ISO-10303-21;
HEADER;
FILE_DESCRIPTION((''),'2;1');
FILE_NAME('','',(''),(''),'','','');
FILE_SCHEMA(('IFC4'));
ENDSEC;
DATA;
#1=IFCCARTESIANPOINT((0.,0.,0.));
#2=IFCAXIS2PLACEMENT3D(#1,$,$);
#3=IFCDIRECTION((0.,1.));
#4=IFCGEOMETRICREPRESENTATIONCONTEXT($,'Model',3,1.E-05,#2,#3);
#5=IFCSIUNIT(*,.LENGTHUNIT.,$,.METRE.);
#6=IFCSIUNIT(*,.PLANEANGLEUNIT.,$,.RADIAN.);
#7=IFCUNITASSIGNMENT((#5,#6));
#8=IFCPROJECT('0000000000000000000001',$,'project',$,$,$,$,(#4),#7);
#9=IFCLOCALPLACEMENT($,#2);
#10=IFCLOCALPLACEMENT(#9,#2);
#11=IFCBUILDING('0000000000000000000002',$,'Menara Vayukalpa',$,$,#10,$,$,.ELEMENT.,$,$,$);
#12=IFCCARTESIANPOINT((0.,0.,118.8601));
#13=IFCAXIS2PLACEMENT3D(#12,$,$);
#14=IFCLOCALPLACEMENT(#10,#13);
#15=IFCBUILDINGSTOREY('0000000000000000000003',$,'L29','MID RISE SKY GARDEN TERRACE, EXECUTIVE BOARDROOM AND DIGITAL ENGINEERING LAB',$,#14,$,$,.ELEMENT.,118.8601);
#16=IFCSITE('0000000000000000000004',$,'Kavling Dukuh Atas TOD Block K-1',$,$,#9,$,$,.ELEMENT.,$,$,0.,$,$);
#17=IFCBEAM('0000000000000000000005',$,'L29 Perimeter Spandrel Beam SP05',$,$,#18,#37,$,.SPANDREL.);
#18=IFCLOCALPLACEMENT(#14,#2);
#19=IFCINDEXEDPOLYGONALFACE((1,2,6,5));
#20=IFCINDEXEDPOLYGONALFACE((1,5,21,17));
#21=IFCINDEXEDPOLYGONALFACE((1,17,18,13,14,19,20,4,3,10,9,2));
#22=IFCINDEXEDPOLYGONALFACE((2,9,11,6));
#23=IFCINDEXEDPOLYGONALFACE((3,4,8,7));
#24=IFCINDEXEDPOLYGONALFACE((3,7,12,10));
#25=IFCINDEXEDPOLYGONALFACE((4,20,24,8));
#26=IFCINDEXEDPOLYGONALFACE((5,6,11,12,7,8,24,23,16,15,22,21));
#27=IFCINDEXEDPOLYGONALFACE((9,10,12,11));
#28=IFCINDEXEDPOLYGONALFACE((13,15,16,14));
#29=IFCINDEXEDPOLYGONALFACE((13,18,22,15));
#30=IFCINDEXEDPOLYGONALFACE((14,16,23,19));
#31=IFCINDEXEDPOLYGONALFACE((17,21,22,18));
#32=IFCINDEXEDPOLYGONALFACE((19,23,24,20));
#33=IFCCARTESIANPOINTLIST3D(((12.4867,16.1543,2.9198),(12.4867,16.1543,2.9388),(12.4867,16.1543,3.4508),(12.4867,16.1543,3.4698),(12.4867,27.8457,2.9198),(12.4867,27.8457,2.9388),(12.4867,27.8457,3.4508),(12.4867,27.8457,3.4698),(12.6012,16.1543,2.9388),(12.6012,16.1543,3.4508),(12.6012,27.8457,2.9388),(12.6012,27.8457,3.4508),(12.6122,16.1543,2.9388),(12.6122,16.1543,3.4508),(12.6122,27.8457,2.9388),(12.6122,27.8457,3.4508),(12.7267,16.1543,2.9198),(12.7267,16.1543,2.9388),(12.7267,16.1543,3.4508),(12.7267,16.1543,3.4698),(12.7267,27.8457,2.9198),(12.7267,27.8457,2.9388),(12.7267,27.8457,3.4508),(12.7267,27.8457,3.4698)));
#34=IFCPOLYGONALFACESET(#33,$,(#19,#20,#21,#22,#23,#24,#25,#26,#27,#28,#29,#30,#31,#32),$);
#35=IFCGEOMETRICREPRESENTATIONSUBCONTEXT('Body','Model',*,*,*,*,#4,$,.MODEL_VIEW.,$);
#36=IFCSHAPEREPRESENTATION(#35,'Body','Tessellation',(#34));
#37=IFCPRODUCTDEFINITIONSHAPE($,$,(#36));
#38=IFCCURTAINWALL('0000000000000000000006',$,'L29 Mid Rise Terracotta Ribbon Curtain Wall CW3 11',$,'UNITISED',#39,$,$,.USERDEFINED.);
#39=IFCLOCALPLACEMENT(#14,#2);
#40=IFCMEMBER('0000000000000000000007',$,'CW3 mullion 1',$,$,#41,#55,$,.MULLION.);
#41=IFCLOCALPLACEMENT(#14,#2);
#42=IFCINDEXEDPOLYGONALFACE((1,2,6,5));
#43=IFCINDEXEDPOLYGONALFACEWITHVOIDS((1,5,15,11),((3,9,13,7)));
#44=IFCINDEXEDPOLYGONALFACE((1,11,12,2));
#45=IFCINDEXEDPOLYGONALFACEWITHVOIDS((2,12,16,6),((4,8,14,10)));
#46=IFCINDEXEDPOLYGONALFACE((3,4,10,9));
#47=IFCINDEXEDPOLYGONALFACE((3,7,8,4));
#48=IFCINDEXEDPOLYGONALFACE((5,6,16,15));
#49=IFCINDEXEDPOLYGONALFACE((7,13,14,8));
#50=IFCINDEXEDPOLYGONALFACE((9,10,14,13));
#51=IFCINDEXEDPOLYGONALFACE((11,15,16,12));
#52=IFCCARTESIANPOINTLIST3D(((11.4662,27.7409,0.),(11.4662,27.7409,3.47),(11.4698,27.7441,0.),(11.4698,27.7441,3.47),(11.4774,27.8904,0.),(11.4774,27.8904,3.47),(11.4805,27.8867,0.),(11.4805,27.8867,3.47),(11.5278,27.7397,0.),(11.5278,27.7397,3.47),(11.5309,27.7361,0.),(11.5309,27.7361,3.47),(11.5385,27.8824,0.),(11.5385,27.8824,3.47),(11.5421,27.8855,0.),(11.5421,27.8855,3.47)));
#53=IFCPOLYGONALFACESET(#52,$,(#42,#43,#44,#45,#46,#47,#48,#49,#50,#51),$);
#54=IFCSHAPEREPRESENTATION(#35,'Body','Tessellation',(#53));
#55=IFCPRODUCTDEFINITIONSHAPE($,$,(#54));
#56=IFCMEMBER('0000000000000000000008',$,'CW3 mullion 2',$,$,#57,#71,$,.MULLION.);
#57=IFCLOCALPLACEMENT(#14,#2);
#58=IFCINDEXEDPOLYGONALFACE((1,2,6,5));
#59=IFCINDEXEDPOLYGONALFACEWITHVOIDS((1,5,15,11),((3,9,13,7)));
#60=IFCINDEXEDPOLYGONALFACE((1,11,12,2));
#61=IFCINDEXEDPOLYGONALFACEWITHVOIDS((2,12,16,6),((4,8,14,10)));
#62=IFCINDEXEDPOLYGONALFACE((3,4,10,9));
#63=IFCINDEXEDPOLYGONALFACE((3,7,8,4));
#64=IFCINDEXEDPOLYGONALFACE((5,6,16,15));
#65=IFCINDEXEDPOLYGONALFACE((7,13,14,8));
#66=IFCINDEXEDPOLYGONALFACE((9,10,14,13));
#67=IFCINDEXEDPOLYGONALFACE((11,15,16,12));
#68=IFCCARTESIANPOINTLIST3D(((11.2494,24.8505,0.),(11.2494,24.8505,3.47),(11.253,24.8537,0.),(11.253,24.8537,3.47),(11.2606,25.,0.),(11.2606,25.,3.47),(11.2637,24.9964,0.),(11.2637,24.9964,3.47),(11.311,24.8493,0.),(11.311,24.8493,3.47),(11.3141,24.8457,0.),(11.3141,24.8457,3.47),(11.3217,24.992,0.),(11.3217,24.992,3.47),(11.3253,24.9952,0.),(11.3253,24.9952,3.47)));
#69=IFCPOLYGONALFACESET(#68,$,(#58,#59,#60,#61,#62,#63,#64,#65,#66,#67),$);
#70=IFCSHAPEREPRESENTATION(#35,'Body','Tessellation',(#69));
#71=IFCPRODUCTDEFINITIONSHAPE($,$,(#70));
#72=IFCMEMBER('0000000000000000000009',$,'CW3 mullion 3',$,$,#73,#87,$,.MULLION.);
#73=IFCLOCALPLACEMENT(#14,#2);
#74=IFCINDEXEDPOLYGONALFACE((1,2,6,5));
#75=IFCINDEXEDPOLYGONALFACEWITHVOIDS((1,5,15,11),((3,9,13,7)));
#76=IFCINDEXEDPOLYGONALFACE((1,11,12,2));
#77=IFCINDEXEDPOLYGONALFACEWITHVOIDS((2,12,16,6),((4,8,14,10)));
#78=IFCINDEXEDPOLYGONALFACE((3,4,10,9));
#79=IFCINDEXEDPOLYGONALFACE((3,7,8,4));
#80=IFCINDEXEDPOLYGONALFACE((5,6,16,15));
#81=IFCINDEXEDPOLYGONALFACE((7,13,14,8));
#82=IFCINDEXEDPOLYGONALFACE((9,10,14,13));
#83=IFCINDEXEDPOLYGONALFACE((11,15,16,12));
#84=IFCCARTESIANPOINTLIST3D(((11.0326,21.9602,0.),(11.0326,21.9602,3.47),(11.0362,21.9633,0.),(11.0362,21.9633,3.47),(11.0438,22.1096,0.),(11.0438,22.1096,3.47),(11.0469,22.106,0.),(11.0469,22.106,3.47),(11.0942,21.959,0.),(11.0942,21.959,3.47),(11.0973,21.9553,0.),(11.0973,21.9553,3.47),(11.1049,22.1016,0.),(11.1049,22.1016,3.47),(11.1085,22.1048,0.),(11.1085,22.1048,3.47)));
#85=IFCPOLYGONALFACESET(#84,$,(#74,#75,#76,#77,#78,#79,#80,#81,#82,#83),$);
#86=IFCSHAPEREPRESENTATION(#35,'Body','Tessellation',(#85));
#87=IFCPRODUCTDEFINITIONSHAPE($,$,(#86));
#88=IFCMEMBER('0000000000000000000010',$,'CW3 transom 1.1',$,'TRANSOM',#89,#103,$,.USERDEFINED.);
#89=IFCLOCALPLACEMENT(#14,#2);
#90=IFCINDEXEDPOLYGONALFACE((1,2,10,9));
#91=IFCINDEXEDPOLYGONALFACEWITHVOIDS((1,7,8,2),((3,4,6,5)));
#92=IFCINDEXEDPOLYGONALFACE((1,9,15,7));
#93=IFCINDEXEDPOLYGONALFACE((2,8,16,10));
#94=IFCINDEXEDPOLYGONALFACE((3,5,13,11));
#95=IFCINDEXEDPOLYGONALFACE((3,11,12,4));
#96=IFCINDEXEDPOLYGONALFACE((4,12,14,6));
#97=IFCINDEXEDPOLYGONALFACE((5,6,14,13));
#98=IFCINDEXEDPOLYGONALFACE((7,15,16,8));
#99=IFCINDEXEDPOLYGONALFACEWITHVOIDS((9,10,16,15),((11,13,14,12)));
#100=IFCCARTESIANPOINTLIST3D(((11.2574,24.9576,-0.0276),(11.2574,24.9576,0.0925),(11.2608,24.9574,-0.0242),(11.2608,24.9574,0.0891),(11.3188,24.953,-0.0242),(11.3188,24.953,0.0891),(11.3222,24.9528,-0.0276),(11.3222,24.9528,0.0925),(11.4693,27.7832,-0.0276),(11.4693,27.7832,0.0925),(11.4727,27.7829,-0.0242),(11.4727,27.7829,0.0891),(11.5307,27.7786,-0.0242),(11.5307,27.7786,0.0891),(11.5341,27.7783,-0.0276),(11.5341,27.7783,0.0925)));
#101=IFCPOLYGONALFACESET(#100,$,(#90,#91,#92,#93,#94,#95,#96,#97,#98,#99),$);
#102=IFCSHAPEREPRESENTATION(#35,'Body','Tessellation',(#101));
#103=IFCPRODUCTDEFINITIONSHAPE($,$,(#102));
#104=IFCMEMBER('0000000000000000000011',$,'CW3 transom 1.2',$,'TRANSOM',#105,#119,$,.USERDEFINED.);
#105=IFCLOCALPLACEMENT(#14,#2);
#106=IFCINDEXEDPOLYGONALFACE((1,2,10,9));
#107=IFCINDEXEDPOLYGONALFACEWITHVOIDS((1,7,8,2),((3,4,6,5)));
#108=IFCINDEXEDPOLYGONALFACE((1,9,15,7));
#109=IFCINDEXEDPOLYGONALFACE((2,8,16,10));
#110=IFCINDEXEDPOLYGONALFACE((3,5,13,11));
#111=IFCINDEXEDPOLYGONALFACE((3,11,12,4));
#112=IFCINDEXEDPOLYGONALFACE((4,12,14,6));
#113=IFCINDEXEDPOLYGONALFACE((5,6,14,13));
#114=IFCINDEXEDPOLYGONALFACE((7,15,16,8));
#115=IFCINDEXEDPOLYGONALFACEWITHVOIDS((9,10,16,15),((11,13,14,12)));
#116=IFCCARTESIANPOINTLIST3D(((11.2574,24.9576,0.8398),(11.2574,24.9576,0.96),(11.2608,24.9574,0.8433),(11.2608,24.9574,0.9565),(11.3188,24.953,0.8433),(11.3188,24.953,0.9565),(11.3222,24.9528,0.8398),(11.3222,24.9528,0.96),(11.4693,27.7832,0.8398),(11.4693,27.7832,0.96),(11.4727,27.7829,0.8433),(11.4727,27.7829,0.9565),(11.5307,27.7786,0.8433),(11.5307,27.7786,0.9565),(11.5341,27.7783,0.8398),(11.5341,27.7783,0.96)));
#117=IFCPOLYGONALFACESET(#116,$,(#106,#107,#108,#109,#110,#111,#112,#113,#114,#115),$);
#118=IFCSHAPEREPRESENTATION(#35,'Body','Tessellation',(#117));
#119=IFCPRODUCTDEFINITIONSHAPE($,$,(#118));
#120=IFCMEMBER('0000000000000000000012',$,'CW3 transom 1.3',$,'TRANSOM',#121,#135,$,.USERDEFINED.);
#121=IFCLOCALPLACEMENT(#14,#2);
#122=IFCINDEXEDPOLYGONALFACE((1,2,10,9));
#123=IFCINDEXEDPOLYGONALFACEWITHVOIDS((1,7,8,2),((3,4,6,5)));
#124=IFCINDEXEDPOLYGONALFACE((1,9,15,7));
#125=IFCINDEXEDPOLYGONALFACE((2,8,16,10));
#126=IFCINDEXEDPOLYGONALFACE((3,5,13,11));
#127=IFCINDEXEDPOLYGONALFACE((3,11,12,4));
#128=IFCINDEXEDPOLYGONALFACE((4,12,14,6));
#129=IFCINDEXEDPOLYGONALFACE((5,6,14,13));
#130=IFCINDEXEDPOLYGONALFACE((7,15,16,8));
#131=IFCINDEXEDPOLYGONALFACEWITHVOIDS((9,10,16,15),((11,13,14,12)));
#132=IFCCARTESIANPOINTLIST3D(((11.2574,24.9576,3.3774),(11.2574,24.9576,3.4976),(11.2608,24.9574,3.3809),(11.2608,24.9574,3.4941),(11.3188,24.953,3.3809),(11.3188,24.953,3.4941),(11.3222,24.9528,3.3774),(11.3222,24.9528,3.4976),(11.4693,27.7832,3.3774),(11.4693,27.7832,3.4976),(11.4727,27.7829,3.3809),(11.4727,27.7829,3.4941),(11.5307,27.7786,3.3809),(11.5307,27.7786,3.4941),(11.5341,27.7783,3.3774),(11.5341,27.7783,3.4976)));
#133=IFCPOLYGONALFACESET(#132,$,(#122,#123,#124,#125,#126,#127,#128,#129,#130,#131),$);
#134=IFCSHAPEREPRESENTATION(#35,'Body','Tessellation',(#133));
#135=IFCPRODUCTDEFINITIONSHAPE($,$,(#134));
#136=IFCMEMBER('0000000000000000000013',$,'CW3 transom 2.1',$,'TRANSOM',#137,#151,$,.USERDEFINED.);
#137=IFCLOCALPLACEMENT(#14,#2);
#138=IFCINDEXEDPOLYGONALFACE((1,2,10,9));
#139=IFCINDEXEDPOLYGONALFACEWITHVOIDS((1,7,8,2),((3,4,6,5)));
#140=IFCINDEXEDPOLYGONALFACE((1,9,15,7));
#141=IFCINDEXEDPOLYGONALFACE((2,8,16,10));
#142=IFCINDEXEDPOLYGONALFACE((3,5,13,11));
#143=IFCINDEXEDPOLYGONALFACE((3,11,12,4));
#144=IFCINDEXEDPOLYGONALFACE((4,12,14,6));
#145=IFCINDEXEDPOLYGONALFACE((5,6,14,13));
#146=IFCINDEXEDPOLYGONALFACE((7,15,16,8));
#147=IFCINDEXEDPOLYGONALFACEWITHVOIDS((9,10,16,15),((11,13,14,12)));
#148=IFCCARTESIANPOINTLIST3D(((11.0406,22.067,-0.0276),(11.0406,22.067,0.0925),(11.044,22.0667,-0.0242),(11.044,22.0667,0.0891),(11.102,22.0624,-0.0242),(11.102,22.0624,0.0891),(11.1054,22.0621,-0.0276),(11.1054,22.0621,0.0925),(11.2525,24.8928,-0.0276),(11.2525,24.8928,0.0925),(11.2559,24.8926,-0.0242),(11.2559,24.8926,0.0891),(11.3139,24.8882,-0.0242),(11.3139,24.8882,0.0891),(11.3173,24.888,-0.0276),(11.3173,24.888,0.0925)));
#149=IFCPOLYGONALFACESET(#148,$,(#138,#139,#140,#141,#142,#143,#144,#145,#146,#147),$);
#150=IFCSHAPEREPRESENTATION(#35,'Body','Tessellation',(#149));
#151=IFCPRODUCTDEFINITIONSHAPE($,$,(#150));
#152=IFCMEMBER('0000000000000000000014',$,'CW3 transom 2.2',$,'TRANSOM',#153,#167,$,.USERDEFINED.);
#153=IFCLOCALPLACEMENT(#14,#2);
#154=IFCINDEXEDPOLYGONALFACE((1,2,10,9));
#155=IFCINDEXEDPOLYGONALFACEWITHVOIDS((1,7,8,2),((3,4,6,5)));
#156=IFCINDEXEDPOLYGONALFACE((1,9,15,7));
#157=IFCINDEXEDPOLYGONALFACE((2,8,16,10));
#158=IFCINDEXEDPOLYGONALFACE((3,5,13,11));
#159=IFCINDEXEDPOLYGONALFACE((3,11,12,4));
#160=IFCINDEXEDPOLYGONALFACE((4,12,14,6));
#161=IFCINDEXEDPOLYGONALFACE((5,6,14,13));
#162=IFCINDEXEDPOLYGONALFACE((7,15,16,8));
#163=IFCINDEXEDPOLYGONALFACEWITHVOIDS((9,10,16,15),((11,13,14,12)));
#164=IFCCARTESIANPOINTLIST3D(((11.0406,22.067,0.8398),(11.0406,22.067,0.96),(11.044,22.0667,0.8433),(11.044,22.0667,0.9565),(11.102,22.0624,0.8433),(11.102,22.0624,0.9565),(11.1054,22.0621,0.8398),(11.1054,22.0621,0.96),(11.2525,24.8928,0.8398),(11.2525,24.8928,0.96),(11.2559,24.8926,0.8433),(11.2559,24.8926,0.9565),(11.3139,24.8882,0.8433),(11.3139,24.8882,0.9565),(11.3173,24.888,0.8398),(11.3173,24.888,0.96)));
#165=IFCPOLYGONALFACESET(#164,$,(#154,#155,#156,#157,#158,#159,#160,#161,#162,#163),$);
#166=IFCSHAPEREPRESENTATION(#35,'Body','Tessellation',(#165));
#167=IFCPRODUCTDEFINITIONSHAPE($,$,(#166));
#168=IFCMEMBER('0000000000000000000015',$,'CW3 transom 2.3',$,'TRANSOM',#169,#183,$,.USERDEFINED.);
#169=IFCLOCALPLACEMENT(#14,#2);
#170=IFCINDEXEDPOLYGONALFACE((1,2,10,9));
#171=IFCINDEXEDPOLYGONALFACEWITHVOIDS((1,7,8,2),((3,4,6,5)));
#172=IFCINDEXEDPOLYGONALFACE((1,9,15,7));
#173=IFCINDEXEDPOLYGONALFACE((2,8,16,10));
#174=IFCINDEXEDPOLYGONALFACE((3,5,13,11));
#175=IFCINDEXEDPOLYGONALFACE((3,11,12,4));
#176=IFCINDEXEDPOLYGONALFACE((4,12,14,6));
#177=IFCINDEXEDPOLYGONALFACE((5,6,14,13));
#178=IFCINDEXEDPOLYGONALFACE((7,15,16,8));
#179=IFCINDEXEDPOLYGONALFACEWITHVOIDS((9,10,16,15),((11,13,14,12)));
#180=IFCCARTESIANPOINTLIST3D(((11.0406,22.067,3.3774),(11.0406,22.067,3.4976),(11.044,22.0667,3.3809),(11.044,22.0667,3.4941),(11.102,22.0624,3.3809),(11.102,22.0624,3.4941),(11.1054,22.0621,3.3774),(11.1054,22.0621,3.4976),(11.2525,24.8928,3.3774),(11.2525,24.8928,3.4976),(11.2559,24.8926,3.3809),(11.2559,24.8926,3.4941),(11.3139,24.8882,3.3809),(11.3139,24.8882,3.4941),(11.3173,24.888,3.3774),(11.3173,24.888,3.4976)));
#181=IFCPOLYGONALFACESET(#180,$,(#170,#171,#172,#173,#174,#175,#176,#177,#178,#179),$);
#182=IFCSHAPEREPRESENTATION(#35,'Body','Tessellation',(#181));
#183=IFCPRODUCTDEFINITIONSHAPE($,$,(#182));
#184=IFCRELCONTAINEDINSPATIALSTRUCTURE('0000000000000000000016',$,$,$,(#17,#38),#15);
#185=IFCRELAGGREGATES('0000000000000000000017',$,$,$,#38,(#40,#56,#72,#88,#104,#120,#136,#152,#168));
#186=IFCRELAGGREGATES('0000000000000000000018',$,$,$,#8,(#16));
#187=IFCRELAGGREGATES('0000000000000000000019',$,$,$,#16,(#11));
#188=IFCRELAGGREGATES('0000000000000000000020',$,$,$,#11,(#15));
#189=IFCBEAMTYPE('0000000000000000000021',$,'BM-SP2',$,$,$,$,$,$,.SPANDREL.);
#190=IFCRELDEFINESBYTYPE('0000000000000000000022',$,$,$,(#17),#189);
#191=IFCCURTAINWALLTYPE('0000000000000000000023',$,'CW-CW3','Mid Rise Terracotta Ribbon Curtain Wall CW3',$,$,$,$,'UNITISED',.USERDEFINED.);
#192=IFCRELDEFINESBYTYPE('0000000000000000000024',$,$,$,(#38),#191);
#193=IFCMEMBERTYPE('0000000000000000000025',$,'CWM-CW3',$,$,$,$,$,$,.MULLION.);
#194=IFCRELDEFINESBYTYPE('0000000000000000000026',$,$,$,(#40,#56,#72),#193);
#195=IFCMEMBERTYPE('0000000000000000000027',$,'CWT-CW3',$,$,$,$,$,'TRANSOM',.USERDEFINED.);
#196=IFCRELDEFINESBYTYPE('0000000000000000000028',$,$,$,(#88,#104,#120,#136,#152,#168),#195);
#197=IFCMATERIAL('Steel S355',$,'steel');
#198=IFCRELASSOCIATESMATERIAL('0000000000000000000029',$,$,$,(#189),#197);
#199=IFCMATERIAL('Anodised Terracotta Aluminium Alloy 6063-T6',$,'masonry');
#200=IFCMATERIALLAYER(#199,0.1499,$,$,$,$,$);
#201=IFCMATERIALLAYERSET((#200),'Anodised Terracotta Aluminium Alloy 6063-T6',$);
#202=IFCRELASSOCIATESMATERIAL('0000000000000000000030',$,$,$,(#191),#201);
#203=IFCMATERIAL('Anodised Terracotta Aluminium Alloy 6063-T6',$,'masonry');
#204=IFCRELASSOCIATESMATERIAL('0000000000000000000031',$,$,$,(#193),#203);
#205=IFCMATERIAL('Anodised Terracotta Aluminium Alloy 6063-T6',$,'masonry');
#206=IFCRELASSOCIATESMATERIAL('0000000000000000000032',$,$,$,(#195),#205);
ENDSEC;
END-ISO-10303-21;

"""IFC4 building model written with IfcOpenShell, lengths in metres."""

from ifc_helpers import new_model, si_unit, direction, frame, origin, origin_2d, place, context, subcontext, project, spatial, hollow_rectangle, i_section, extrude, material, layer, layer_set, material_profile, profile_set, type_object, element, aggregate, save


model = new_model("IFC4")

# Units and contexts
model_context = context("Model", 3, precision=1e-05, world=origin(), true_north=direction((0.0, 1.0)))
body_context = subcontext(model_context, "Body", "Model", "MODEL_VIEW")
ifc_project = project(units=[si_unit("LENGTHUNIT", "METRE"), si_unit("PLANEANGLEUNIT", "RADIAN")], contexts=[model_context])

# Site, building, storey
site_placement = place(None, origin())
site = spatial("IfcSite", under=ifc_project, at=site_placement, Name="Kavling Dukuh Atas TOD Block K-1", CompositionType="ELEMENT", RefElevation=0.0)
building_placement = place(site_placement, origin())
building = spatial("IfcBuilding", under=site, at=building_placement, Name="Menara Vayukalpa", CompositionType="ELEMENT")
storey_placement = place(building_placement, frame((0.0, 0.0, 118.8601)))
storey = spatial("IfcBuildingStorey", under=building, at=storey_placement, Name="L29", Description="MID RISE SKY GARDEN TERRACE, EXECUTIVE BOARDROOM AND DIGITAL ENGINEERING LAB", CompositionType="ELEMENT", Elevation=118.8601)

# Beam
ifc_material_1 = material(Name="Steel S355", Category="steel")
ifc_material_profile_1 = material_profile(ifc_material_1, i_section(OverallWidth=0.24, OverallDepth=0.55, WebThickness=0.011, FlangeThickness=0.019, at=origin_2d()), Name="WF 550x240x11x19")
ifc_profile_set_1 = profile_set([ifc_material_profile_1], Name="Steel S355")
beam_type_1 = type_object("IfcBeamType", Name="BM-SP2", PredefinedType="SPANDREL", material=ifc_profile_set_1)
beam_1_placement = place(storey_placement, frame((12.6067, 27.8457, 3.1948), z_axis=(0.0, -1.0, 0.0), x_axis=(1.0, 0.0, 0.0)))
element("IfcBeam", 1, at=beam_1_placement, inside=storey, type_object=beam_type_1, Name="L29 Perimeter Spandrel Beam SP05", PredefinedType="SPANDREL", context=body_context, shape_type="SweptSolid", body=[
    extrude(i_section(OverallWidth=0.24, OverallDepth=0.55, WebThickness=0.011, FlangeThickness=0.019, at=origin_2d()), origin(), (0.0, 0.0, 1.0), 11.6914),
])

# Curtain wall, members
ifc_material_2 = material(Name="Anodised Terracotta Aluminium Alloy 6063-T6", Category="masonry")
ifc_layer_1 = layer(ifc_material_2, 0.1499)
ifc_layer_set_1 = layer_set([ifc_layer_1], Name="Anodised Terracotta Aluminium Alloy 6063-T6")
curtain_wall_type = type_object("IfcCurtainWallType", Name="CW-CW3", Description="Mid Rise Terracotta Ribbon Curtain Wall CW3", ElementType="UNITISED", PredefinedType="USERDEFINED", material=ifc_layer_set_1)
curtain_wall_placement = place(storey_placement, origin())
curtain_wall = element("IfcCurtainWall", 2, at=curtain_wall_placement, inside=storey, type_object=curtain_wall_type, Name="L29 Mid Rise Terracotta Ribbon Curtain Wall CW3 11", ObjectType="UNITISED", PredefinedType="USERDEFINED")
ifc_material_3 = material(Name="Anodised Terracotta Aluminium Alloy 6063-T6", Category="masonry")
ifc_material_profile_2 = material_profile(ifc_material_3, hollow_rectangle(XDim=0.0649, YDim=0.1499, WallThickness=0.0034, at=origin_2d()), Name="ALU 65x150x3.5")
ifc_profile_set_2 = profile_set([ifc_material_profile_2], Name="Anodised Terracotta Aluminium Alloy 6063-T6")
member_type_1 = type_object("IfcMemberType", Name="CWM-CW3", PredefinedType="MULLION", material=ifc_profile_set_2)
member_1_placement = place(storey_placement, frame((11.5042, 27.8132, 0.0), z_axis=(0.0, 0.0, 1.0), x_axis=(0.9972, -0.074785, 0.0)))
member_1 = element("IfcMember", 3, at=member_1_placement, type_object=member_type_1, Name="CW3 mullion 1", PredefinedType="MULLION", context=body_context, shape_type="SweptSolid", body=[
    extrude(hollow_rectangle(XDim=0.0649, YDim=0.1499, WallThickness=0.0034, at=origin_2d()), origin(), (0.0, 0.0, 1.0), 3.47),
])
member_2_placement = place(storey_placement, frame((11.2874, 24.9229, 0.0), z_axis=(0.0, 0.0, 1.0), x_axis=(0.9972, -0.074785, 0.0)))
member_2 = element("IfcMember", 4, at=member_2_placement, type_object=member_type_1, Name="CW3 mullion 2", PredefinedType="MULLION", context=body_context, shape_type="SweptSolid", body=[
    extrude(hollow_rectangle(XDim=0.0649, YDim=0.1499, WallThickness=0.0034, at=origin_2d()), origin(), (0.0, 0.0, 1.0), 3.47),
])
member_3_placement = place(storey_placement, frame((11.0706, 22.0325, 0.0), z_axis=(0.0, 0.0, 1.0), x_axis=(0.9972, -0.074785, 0.0)))
member_3 = element("IfcMember", 5, at=member_3_placement, type_object=member_type_1, Name="CW3 mullion 3", PredefinedType="MULLION", context=body_context, shape_type="SweptSolid", body=[
    extrude(hollow_rectangle(XDim=0.0649, YDim=0.1499, WallThickness=0.0034, at=origin_2d()), origin(), (0.0, 0.0, 1.0), 3.47),
])
ifc_material_4 = material(Name="Anodised Terracotta Aluminium Alloy 6063-T6", Category="masonry")
ifc_material_profile_3 = material_profile(ifc_material_4, hollow_rectangle(XDim=0.0649, YDim=0.1201, WallThickness=0.0034, at=origin_2d()), Name="ALU 65x120x3.5")
ifc_profile_set_3 = profile_set([ifc_material_profile_3], Name="Anodised Terracotta Aluminium Alloy 6063-T6")
member_type_2 = type_object("IfcMemberType", Name="CWT-CW3", ElementType="TRANSOM", PredefinedType="USERDEFINED", material=ifc_profile_set_3)
member_4_placement = place(storey_placement, frame((11.5017, 27.7808, 0.0325), z_axis=(-0.074792, -0.997199, 0.0), x_axis=(0.997199, -0.074792, 0.0)))
member_4 = element("IfcMember", 6, at=member_4_placement, type_object=member_type_2, Name="CW3 transom 1.1", ObjectType="TRANSOM", PredefinedType="USERDEFINED", context=body_context, shape_type="SweptSolid", body=[
    extrude(hollow_rectangle(XDim=0.0649, YDim=0.1201, WallThickness=0.0034, at=origin_2d()), origin(), (0.0, 0.0, 1.0), 2.8335),
])
member_5_placement = place(storey_placement, frame((11.5017, 27.7808, 0.8999), z_axis=(-0.074792, -0.997199, 0.0), x_axis=(0.997199, -0.074792, 0.0)))
member_5 = element("IfcMember", 7, at=member_5_placement, type_object=member_type_2, Name="CW3 transom 1.2", ObjectType="TRANSOM", PredefinedType="USERDEFINED", context=body_context, shape_type="SweptSolid", body=[
    extrude(hollow_rectangle(XDim=0.0649, YDim=0.1201, WallThickness=0.0034, at=origin_2d()), origin(), (0.0, 0.0, 1.0), 2.8335),
])
member_6_placement = place(storey_placement, frame((11.5017, 27.7808, 3.4375), z_axis=(-0.074792, -0.997199, 0.0), x_axis=(0.997199, -0.074792, 0.0)))
member_6 = element("IfcMember", 8, at=member_6_placement, type_object=member_type_2, Name="CW3 transom 1.3", ObjectType="TRANSOM", PredefinedType="USERDEFINED", context=body_context, shape_type="SweptSolid", body=[
    extrude(hollow_rectangle(XDim=0.0649, YDim=0.1201, WallThickness=0.0034, at=origin_2d()), origin(), (0.0, 0.0, 1.0), 2.8335),
])
member_7_placement = place(storey_placement, frame((11.2849, 24.8904, 0.0325), z_axis=(-0.074786, -0.9972, 0.0), x_axis=(0.9972, -0.074786, 0.0)))
member_7 = element("IfcMember", 9, at=member_7_placement, type_object=member_type_2, Name="CW3 transom 2.1", ObjectType="TRANSOM", PredefinedType="USERDEFINED", context=body_context, shape_type="SweptSolid", body=[
    extrude(hollow_rectangle(XDim=0.0649, YDim=0.1201, WallThickness=0.0034, at=origin_2d()), origin(), (0.0, 0.0, 1.0), 2.8337),
])
member_8_placement = place(storey_placement, frame((11.2849, 24.8904, 0.8999), z_axis=(-0.074786, -0.9972, 0.0), x_axis=(0.9972, -0.074786, 0.0)))
member_8 = element("IfcMember", 10, at=member_8_placement, type_object=member_type_2, Name="CW3 transom 2.2", ObjectType="TRANSOM", PredefinedType="USERDEFINED", context=body_context, shape_type="SweptSolid", body=[
    extrude(hollow_rectangle(XDim=0.0649, YDim=0.1201, WallThickness=0.0034, at=origin_2d()), origin(), (0.0, 0.0, 1.0), 2.8337),
])
member_9_placement = place(storey_placement, frame((11.2849, 24.8904, 3.4375), z_axis=(-0.074786, -0.9972, 0.0), x_axis=(0.9972, -0.074786, 0.0)))
member_9 = element("IfcMember", 11, at=member_9_placement, type_object=member_type_2, Name="CW3 transom 2.3", ObjectType="TRANSOM", PredefinedType="USERDEFINED", context=body_context, shape_type="SweptSolid", body=[
    extrude(hollow_rectangle(XDim=0.0649, YDim=0.1201, WallThickness=0.0034, at=origin_2d()), origin(), (0.0, 0.0, 1.0), 2.8337),
])
aggregate(curtain_wall, [member_1, member_2, member_3, member_4, member_5, member_6, member_7, member_8, member_9])

save(model, "model.ifc")
